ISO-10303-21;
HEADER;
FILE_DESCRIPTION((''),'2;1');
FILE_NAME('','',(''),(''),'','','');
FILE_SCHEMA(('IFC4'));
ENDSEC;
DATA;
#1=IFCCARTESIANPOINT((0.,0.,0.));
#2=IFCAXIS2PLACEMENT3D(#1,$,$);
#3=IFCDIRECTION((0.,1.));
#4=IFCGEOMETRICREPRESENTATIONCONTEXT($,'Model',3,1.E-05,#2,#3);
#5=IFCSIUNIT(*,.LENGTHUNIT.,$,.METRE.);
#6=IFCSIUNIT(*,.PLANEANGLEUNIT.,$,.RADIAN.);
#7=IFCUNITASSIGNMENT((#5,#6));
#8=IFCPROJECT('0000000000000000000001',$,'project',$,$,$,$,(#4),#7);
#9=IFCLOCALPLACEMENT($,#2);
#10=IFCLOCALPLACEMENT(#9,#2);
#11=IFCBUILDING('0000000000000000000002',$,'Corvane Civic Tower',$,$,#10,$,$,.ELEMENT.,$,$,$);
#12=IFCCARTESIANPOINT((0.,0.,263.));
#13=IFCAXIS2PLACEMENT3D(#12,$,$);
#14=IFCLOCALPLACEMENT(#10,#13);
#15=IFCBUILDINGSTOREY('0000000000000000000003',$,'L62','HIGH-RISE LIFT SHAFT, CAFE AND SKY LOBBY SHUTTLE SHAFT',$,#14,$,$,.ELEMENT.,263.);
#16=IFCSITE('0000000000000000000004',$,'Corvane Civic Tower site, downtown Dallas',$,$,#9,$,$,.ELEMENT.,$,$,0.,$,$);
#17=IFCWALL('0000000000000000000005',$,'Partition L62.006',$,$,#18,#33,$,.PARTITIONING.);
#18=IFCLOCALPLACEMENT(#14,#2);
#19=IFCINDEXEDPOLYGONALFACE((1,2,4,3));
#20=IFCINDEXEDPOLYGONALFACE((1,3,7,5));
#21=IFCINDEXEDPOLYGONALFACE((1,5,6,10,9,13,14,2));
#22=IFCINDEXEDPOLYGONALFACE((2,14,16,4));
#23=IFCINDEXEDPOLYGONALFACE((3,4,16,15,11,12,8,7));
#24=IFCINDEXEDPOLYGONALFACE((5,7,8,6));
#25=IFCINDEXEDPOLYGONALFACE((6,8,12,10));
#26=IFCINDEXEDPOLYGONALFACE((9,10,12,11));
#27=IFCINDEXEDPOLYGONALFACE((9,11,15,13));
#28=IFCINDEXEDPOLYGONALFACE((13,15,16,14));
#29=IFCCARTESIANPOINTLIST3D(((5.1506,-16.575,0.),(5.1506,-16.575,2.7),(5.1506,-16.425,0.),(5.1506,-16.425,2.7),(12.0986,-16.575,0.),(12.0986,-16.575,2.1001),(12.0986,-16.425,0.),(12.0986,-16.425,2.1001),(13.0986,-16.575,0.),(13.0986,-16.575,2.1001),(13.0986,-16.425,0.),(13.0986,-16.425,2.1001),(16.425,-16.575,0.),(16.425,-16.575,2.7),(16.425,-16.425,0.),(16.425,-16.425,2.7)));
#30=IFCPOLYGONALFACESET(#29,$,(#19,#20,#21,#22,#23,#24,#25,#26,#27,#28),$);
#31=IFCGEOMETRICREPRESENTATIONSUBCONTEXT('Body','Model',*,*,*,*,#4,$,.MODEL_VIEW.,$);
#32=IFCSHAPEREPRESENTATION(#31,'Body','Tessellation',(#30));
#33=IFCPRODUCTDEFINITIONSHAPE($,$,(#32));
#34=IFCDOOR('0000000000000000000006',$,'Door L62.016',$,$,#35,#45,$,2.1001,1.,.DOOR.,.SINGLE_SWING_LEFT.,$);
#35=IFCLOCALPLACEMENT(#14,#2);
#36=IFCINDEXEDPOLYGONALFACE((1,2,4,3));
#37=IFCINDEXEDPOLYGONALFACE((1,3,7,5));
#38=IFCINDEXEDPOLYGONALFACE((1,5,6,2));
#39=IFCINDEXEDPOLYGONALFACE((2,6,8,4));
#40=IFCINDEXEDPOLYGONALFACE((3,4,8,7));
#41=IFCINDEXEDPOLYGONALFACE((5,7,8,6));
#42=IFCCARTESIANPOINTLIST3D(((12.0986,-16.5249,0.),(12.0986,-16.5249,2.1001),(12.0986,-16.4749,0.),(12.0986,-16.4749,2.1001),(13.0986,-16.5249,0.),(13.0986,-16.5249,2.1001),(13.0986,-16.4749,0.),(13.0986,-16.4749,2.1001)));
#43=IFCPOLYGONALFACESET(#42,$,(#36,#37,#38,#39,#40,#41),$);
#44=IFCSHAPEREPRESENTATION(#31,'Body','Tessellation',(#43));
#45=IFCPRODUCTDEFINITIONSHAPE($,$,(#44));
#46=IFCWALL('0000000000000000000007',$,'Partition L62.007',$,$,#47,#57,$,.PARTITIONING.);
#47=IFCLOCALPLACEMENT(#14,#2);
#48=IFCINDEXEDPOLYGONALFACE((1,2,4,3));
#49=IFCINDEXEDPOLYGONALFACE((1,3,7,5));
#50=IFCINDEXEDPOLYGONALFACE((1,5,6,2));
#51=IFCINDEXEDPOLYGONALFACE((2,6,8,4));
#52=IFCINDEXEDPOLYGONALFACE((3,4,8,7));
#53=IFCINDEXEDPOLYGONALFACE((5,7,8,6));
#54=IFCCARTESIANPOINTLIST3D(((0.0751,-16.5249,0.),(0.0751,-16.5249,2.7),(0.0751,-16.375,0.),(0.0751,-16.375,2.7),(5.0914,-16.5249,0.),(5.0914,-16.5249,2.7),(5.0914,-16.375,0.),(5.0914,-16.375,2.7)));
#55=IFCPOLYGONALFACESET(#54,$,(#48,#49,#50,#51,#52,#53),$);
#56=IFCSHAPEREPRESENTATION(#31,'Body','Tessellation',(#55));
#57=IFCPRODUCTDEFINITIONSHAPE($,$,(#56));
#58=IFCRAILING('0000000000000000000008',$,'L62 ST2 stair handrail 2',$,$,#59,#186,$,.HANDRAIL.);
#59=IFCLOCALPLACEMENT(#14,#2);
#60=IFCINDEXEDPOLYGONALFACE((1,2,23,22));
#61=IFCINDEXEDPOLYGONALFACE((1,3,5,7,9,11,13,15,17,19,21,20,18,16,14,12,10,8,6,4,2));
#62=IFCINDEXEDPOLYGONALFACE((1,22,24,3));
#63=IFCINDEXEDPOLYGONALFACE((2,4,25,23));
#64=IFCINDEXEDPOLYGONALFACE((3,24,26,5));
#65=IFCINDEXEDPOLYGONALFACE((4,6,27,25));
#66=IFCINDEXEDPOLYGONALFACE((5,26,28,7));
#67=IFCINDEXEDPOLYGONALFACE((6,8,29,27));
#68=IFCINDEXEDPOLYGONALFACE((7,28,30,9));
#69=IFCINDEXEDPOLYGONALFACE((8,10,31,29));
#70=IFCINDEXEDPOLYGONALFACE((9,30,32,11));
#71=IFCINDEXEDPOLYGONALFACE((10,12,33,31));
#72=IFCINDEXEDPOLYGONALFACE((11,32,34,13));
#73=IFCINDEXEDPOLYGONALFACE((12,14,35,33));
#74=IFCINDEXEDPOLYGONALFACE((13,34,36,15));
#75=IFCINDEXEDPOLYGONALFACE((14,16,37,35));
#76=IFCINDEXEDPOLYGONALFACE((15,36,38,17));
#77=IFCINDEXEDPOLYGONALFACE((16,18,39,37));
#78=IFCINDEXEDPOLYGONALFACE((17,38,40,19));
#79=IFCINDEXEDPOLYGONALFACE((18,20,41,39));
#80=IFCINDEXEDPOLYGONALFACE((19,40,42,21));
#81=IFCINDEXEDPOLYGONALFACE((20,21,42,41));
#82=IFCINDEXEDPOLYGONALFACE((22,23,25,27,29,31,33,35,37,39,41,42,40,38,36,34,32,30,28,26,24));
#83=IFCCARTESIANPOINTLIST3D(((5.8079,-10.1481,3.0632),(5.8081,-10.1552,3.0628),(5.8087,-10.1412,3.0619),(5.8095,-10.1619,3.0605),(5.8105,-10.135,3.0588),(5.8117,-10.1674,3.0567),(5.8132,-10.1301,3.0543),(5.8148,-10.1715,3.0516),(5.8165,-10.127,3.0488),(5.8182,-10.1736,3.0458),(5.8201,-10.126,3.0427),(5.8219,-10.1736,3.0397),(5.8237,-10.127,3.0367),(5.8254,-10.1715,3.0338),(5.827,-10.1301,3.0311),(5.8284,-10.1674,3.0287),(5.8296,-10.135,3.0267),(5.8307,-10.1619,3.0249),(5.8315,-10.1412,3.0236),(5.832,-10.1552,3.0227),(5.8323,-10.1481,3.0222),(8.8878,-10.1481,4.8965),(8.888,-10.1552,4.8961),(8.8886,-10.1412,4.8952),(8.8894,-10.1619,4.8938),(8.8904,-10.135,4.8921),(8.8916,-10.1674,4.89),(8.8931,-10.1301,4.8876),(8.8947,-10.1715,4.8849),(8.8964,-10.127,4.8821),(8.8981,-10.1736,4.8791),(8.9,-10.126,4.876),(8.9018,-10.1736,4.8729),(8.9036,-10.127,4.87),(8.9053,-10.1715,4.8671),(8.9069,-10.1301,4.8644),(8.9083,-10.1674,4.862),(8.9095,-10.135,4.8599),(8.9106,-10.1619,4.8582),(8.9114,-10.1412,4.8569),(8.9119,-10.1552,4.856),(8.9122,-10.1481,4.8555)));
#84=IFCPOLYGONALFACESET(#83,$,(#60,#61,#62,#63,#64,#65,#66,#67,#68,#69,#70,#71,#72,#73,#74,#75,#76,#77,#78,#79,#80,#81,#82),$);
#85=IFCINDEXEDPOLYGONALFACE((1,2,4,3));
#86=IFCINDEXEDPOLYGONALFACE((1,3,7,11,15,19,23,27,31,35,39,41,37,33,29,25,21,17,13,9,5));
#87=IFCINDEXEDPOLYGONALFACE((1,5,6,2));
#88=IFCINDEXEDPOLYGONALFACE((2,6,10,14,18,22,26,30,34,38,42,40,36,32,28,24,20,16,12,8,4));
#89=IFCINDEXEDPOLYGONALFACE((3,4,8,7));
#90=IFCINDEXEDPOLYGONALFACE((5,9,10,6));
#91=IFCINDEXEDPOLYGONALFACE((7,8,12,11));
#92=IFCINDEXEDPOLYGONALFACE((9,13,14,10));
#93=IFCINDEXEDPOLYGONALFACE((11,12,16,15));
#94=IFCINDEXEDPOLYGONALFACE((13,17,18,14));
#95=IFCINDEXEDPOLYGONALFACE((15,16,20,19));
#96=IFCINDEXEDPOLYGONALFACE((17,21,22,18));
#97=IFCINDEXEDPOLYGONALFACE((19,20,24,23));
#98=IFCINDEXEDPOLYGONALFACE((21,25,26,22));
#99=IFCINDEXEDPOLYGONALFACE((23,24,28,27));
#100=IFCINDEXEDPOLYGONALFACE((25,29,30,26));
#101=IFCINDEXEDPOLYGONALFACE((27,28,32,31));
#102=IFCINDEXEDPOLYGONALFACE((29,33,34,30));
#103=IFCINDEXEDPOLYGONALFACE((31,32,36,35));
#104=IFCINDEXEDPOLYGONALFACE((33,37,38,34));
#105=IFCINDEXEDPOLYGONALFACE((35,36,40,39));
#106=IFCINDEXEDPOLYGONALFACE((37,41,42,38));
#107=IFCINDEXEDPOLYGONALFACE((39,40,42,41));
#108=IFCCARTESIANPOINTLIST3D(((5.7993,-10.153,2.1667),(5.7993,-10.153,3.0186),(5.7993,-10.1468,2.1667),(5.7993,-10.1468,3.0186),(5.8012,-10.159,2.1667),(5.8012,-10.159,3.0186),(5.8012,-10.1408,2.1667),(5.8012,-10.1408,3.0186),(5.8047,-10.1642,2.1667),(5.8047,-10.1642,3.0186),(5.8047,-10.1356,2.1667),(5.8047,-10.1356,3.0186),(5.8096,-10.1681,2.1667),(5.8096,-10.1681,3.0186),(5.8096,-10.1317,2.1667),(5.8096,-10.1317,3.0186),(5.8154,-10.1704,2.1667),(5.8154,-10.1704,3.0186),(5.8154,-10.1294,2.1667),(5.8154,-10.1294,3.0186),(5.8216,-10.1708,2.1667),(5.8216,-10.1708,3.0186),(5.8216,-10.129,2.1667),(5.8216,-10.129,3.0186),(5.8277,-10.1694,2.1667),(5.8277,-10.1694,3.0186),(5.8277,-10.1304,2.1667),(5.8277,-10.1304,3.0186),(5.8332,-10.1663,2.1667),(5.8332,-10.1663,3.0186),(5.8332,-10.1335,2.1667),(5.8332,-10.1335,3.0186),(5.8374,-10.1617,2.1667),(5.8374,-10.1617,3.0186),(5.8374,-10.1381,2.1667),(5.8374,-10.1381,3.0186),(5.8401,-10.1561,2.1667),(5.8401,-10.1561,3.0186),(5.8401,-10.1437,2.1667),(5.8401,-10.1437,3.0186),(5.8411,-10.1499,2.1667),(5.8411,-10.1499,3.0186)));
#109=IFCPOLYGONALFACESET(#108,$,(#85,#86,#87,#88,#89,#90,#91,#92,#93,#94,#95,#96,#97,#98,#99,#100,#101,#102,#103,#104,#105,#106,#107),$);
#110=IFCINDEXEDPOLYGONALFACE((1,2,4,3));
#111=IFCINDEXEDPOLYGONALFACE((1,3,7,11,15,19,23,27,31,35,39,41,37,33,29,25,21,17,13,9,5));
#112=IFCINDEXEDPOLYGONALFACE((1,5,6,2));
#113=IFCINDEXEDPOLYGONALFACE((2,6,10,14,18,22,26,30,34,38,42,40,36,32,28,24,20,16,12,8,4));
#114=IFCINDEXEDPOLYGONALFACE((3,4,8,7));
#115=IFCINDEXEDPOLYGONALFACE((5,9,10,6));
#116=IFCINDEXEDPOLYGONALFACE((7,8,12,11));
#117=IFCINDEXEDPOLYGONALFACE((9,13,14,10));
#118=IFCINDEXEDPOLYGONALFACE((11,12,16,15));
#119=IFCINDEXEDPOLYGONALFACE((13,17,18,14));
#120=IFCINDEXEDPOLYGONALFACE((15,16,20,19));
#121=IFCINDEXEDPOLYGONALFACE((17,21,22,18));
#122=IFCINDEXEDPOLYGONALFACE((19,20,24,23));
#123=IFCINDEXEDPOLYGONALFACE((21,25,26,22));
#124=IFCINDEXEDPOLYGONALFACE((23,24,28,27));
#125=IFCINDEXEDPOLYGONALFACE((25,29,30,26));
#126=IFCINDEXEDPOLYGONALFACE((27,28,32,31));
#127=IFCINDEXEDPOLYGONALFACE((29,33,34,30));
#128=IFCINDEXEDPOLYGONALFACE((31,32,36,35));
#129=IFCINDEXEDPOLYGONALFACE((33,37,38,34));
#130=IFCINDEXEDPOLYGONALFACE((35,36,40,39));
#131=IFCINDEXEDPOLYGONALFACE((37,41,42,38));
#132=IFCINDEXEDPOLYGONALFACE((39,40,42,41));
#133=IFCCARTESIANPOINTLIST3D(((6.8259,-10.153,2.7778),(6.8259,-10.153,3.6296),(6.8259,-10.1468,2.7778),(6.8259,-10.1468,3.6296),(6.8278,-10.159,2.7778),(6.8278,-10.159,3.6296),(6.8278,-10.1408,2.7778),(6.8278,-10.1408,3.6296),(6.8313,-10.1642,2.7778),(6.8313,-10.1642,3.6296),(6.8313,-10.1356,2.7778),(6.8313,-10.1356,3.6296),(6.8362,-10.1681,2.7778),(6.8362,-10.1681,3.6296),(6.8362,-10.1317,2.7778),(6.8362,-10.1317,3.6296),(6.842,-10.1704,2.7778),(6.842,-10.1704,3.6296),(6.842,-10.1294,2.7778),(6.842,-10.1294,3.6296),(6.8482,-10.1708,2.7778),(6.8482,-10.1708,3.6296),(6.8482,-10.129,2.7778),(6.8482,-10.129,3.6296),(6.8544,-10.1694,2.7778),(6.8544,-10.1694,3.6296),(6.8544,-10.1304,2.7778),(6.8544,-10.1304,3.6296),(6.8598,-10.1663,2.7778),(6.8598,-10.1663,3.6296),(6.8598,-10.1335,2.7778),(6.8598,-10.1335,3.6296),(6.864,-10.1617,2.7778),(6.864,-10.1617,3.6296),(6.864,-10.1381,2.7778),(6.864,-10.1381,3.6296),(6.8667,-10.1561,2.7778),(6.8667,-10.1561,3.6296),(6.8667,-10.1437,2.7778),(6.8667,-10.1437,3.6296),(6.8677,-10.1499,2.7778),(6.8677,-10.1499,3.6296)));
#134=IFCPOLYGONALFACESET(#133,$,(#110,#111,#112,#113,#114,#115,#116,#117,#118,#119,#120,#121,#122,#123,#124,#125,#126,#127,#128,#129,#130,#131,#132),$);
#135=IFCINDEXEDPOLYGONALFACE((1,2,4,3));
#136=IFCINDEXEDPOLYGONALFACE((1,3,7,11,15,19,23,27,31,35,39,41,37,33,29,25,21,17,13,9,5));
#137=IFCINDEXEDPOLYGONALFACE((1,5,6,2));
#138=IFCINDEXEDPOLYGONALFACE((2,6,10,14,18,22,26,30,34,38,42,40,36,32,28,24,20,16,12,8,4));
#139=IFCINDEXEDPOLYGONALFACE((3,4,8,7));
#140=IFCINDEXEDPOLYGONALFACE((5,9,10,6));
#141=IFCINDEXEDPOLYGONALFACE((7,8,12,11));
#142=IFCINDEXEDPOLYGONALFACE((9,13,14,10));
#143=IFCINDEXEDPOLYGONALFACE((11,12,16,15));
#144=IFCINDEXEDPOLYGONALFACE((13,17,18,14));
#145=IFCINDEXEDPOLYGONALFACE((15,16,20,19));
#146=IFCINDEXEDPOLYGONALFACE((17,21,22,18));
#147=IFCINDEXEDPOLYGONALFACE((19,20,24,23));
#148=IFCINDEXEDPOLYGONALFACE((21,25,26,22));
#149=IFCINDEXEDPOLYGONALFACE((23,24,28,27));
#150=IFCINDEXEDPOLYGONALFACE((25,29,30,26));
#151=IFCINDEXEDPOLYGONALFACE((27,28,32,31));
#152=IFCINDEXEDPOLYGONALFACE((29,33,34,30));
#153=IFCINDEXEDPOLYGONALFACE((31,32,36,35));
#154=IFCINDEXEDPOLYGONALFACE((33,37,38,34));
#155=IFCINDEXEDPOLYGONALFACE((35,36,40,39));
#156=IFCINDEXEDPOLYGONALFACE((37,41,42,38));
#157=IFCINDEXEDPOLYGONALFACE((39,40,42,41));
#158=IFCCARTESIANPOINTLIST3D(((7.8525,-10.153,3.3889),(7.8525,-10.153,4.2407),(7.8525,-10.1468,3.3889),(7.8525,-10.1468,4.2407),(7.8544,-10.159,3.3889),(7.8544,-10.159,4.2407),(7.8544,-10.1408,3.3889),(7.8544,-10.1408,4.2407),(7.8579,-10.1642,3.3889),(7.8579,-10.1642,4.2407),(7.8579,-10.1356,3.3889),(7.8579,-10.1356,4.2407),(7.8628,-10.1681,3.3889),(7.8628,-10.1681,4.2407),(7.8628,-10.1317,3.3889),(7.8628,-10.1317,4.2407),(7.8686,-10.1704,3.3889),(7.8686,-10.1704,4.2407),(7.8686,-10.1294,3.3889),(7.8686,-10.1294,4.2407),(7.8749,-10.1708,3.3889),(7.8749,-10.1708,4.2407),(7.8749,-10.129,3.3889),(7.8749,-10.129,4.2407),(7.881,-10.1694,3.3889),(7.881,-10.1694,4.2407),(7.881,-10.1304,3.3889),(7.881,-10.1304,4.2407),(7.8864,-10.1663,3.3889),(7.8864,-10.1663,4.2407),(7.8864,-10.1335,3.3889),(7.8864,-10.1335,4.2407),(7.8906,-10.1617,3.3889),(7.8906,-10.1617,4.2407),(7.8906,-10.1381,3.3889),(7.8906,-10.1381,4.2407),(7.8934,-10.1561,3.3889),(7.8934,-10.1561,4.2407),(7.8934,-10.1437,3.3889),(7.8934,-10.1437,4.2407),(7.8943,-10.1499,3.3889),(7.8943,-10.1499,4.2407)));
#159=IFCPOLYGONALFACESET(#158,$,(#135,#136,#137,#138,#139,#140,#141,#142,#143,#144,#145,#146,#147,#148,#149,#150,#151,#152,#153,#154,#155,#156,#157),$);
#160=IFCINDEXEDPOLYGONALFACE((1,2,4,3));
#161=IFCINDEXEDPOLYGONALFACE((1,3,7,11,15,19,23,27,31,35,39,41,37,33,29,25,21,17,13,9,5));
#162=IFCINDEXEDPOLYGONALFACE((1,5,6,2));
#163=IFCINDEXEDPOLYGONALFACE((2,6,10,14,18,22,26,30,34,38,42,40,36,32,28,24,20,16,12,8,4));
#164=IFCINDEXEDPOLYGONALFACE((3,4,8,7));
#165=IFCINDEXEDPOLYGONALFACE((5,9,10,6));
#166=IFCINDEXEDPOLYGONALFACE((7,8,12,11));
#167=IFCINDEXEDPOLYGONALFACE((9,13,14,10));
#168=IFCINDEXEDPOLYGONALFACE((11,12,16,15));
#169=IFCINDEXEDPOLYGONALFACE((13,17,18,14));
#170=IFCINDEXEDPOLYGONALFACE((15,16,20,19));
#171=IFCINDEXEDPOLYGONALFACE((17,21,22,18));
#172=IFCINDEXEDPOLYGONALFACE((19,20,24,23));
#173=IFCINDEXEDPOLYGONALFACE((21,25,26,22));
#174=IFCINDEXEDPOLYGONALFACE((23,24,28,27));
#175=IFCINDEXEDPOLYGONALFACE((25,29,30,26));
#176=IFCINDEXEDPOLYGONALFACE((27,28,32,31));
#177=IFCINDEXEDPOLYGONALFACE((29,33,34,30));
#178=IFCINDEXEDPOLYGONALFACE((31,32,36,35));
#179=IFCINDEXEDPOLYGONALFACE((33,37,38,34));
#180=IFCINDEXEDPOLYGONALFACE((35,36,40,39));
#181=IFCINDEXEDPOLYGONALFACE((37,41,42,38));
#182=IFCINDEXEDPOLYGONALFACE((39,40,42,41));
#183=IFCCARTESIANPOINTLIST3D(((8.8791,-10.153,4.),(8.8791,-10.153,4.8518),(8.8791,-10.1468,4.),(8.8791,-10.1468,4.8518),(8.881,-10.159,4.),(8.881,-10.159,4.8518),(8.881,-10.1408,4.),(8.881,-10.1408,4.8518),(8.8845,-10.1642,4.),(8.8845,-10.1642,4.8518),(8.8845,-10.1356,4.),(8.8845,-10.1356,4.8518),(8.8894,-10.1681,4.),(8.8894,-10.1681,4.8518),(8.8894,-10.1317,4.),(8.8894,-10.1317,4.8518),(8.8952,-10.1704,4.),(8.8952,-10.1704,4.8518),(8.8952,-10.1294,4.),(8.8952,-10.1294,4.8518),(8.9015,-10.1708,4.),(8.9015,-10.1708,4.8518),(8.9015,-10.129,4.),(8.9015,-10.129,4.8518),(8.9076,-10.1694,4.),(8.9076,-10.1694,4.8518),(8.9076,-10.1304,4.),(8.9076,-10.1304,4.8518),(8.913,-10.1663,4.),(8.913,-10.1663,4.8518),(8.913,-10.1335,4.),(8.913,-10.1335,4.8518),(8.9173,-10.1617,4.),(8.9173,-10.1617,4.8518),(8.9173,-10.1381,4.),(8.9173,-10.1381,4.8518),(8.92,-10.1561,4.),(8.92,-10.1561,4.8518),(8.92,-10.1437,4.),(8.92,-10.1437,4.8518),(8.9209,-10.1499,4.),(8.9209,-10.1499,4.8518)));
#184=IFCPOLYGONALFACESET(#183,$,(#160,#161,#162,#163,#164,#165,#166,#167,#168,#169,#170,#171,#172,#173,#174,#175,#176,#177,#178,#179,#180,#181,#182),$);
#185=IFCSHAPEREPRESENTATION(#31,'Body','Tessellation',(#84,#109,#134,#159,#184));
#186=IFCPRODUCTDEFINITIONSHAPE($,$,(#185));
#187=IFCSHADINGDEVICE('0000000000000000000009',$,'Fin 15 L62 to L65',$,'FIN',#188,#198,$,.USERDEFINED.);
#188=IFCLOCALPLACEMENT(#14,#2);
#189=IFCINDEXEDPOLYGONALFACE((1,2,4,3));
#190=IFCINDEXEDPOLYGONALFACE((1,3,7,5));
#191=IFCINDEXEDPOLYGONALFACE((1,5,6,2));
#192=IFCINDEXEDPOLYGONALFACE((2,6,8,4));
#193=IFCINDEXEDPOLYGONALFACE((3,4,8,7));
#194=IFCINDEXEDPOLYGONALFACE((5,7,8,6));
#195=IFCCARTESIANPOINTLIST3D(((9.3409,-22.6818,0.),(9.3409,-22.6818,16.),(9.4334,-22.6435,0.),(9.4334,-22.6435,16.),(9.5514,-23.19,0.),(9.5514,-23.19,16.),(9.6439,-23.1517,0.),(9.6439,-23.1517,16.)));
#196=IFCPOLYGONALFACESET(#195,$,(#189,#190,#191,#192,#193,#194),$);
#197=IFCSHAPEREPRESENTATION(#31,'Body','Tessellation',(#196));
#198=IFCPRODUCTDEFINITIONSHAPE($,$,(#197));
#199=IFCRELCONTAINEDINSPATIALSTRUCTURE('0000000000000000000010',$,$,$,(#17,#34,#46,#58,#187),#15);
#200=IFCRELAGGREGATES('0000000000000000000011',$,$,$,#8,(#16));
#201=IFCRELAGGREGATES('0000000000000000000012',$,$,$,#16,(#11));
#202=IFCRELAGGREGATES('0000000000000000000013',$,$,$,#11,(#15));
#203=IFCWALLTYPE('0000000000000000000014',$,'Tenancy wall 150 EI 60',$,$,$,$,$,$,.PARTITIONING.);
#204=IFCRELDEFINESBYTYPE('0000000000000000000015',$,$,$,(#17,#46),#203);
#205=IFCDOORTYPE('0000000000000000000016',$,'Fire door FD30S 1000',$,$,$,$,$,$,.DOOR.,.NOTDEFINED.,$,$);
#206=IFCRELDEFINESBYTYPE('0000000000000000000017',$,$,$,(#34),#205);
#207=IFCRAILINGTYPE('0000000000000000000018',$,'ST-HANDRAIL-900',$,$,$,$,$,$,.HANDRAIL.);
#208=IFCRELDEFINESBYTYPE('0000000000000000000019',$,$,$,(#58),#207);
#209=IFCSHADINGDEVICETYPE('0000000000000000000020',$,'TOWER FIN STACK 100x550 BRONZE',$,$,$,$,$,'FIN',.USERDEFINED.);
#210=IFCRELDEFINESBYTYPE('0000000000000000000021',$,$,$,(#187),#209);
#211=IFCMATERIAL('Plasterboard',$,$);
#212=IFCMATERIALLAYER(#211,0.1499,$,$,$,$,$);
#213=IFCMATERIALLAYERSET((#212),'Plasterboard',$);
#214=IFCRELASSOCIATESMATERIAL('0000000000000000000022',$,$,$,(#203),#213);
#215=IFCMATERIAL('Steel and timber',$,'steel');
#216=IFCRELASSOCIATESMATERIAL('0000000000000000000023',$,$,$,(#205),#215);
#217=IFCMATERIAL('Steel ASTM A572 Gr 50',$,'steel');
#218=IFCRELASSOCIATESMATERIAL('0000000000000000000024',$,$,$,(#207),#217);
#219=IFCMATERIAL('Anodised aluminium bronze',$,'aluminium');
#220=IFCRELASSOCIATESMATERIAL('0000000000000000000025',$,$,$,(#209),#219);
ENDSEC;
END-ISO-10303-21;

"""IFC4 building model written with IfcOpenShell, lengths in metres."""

from ifc_helpers import new_model, si_unit, direction, frame, frame_2d, origin, origin_2d, place, context, subcontext, project, spatial, rectangle, circle, extrude, material, layer, layer_set, material_profile, profile_set, type_object, element, fill, save


model = new_model("IFC4")

# Units and contexts
model_context = context("Model", 3, precision=1e-05, world=origin(), true_north=direction((0.0, 1.0)))
body_context = subcontext(model_context, "Body", "Model", "MODEL_VIEW")
ifc_project = project(units=[si_unit("LENGTHUNIT", "METRE"), si_unit("PLANEANGLEUNIT", "RADIAN")], contexts=[model_context])

# Site, building, storey
site_placement = place(None, origin())
site = spatial("IfcSite", under=ifc_project, at=site_placement, Name="Corvane Civic Tower site, downtown Dallas", CompositionType="ELEMENT", RefElevation=0.0)
building_placement = place(site_placement, origin())
building = spatial("IfcBuilding", under=site, at=building_placement, Name="Corvane Civic Tower", CompositionType="ELEMENT")
storey_placement = place(building_placement, frame((0.0, 0.0, 263.0)))
storey = spatial("IfcBuildingStorey", under=building, at=storey_placement, Name="L62", Description="HIGH-RISE LIFT SHAFT, CAFE AND SKY LOBBY SHUTTLE SHAFT", CompositionType="ELEMENT", Elevation=263.0)

# Wall, opening, door
ifc_material_1 = material(Name="Plasterboard")
ifc_layer_1 = layer(ifc_material_1, 0.1499)
ifc_layer_set_1 = layer_set([ifc_layer_1], Name="Plasterboard")
wall_type_1 = type_object("IfcWallType", Name="Tenancy wall 150 EI 60", PredefinedType="PARTITIONING", material=ifc_layer_set_1)
wall_1_placement = place(storey_placement, frame((5.1506, -16.5, 0.0), z_axis=(0.0, 0.0, 1.0), x_axis=(1.0, 0.0, 0.0)))
wall_1 = element("IfcWall", 1, at=wall_1_placement, inside=storey, type_object=wall_type_1, Name="Partition L62.006", PredefinedType="PARTITIONING", context=body_context, shape_type="SweptSolid", body=[
    extrude(rectangle(XDim=11.2744, YDim=0.1499, at=frame_2d((5.6372, 0.0))), origin(), (0.0, 0.0, 1.0), 2.7),
])
opening_1_placement = place(wall_1_placement, frame((6.948, 0.0, 0.0)))
opening_1 = element("IfcOpeningElement", 2, at=opening_1_placement, cuts=wall_1, PredefinedType="OPENING", context=body_context, shape_type="SweptSolid", body=[
    extrude(rectangle(XDim=1.0, YDim=2.1001, at=frame_2d((0.5, 1.05))), frame((0.0, 0.085, 0.0), z_axis=(0.0, -1.0, 0.0), x_axis=(1.0, 0.0, 0.0)), (0.0, 0.0, 1.0), 0.1699),
])
ifc_material_2 = material(Name="Steel and timber", Category="steel")
door_type_1 = type_object("IfcDoorType", Name="Fire door FD30S 1000", OperationType="NOTDEFINED", PredefinedType="DOOR", material=ifc_material_2)
door_1_placement = place(opening_1_placement, frame((1.0, 0.0, 0.0), z_axis=(0.0, 0.0, 1.0), x_axis=(-1.0, 0.0, 0.0)))
door_1 = element("IfcDoor", 3, at=door_1_placement, inside=storey, type_object=door_type_1, Name="Door L62.016", OperationType="SINGLE_SWING_LEFT", OverallHeight=2.1001, OverallWidth=1.0, PredefinedType="DOOR", context=body_context, shape_type="SweptSolid", body=[
    extrude(rectangle(XDim=1.0, YDim=2.1001, at=frame_2d((0.5, 1.05))), frame((0.0, 0.0249, 0.0), z_axis=(0.0, -1.0, 0.0), x_axis=(1.0, 0.0, 0.0)), (0.0, 0.0, 1.0), 0.05),
])
fill(opening_1, door_1)

# Wall
wall_2_placement = place(storey_placement, frame((0.075, -16.45, 0.0), z_axis=(0.0, 0.0, 1.0), x_axis=(1.0, 0.0, 0.0)))
element("IfcWall", 4, at=wall_2_placement, inside=storey, type_object=wall_type_1, Name="Partition L62.007", PredefinedType="PARTITIONING", context=body_context, shape_type="SweptSolid", body=[
    extrude(rectangle(XDim=5.0164, YDim=0.1499, at=frame_2d((2.5083, 0.0))), origin(), (0.0, 0.0, 1.0), 2.7),
])

# Railing
ifc_material_3 = material(Name="Steel ASTM A572 Gr 50", Category="steel")
railing_type = type_object("IfcRailingType", Name="ST-HANDRAIL-900", PredefinedType="HANDRAIL", material=ifc_material_3)
railing_placement = place(storey_placement, frame((5.8201, -10.1499, 2.1667)))
element("IfcRailing", 5, at=railing_placement, inside=storey, type_object=railing_type, Name="L62 ST2 stair handrail 2", PredefinedType="HANDRAIL", context=body_context, shape_type="SweptSolid", body=[
    extrude(circle(Radius=0.0239, at=origin_2d()), frame((0.0, 0.0, 0.876), z_axis=(0.859291, 0.0, 0.511487), x_axis=(0.0, 1.0, 0.0)), (0.0, 0.0, 1.0), 3.5842),
    extrude(circle(Radius=0.021, at=origin_2d()), origin(), (0.0, 0.0, 1.0), 0.8518),
    extrude(circle(Radius=0.021, at=origin_2d()), frame((1.0266, 0.0, 0.6111)), (0.0, 0.0, 1.0), 0.8518),
    extrude(circle(Radius=0.021, at=origin_2d()), frame((2.0532, 0.0, 1.2222)), (0.0, 0.0, 1.0), 0.8518),
    extrude(circle(Radius=0.021, at=origin_2d()), frame((3.0798, 0.0, 1.8333)), (0.0, 0.0, 1.0), 0.8518),
])

# Shading device
ifc_material_4 = material(Name="Anodised aluminium bronze", Category="aluminium")
ifc_material_profile_1 = material_profile(ifc_material_4, rectangle(XDim=0.1001, YDim=0.55, at=origin_2d()), Name="TOWER FIN STACK 100x550 BRONZE")
ifc_profile_set_1 = profile_set([ifc_material_profile_1], Name="Anodised aluminium bronze")
shading_device_type = type_object("IfcShadingDeviceType", Name="TOWER FIN STACK 100x550 BRONZE", ElementType="FIN", PredefinedType="USERDEFINED", material=ifc_profile_set_1)
for number, where, z_axis, x_axis, name in (
    (6, (9.4924, -22.9167, 0.0), (0.0, 0.0, 1.0), (-0.92388, -0.382683, 0.0), "Fin 15 L62 to L65"),
):
    element("IfcShadingDevice", number, at=place(storey_placement, frame(where, z_axis=z_axis, x_axis=x_axis)), inside=storey, type_object=shading_device_type, Name=name, ObjectType="FIN", PredefinedType="USERDEFINED", context=body_context, shape_type="SweptSolid", body=[
        extrude(rectangle(XDim=0.1001, YDim=0.55, at=origin_2d()), origin(), (0.0, 0.0, 1.0), 16.0),
    ])

save(model, "model.ifc")
